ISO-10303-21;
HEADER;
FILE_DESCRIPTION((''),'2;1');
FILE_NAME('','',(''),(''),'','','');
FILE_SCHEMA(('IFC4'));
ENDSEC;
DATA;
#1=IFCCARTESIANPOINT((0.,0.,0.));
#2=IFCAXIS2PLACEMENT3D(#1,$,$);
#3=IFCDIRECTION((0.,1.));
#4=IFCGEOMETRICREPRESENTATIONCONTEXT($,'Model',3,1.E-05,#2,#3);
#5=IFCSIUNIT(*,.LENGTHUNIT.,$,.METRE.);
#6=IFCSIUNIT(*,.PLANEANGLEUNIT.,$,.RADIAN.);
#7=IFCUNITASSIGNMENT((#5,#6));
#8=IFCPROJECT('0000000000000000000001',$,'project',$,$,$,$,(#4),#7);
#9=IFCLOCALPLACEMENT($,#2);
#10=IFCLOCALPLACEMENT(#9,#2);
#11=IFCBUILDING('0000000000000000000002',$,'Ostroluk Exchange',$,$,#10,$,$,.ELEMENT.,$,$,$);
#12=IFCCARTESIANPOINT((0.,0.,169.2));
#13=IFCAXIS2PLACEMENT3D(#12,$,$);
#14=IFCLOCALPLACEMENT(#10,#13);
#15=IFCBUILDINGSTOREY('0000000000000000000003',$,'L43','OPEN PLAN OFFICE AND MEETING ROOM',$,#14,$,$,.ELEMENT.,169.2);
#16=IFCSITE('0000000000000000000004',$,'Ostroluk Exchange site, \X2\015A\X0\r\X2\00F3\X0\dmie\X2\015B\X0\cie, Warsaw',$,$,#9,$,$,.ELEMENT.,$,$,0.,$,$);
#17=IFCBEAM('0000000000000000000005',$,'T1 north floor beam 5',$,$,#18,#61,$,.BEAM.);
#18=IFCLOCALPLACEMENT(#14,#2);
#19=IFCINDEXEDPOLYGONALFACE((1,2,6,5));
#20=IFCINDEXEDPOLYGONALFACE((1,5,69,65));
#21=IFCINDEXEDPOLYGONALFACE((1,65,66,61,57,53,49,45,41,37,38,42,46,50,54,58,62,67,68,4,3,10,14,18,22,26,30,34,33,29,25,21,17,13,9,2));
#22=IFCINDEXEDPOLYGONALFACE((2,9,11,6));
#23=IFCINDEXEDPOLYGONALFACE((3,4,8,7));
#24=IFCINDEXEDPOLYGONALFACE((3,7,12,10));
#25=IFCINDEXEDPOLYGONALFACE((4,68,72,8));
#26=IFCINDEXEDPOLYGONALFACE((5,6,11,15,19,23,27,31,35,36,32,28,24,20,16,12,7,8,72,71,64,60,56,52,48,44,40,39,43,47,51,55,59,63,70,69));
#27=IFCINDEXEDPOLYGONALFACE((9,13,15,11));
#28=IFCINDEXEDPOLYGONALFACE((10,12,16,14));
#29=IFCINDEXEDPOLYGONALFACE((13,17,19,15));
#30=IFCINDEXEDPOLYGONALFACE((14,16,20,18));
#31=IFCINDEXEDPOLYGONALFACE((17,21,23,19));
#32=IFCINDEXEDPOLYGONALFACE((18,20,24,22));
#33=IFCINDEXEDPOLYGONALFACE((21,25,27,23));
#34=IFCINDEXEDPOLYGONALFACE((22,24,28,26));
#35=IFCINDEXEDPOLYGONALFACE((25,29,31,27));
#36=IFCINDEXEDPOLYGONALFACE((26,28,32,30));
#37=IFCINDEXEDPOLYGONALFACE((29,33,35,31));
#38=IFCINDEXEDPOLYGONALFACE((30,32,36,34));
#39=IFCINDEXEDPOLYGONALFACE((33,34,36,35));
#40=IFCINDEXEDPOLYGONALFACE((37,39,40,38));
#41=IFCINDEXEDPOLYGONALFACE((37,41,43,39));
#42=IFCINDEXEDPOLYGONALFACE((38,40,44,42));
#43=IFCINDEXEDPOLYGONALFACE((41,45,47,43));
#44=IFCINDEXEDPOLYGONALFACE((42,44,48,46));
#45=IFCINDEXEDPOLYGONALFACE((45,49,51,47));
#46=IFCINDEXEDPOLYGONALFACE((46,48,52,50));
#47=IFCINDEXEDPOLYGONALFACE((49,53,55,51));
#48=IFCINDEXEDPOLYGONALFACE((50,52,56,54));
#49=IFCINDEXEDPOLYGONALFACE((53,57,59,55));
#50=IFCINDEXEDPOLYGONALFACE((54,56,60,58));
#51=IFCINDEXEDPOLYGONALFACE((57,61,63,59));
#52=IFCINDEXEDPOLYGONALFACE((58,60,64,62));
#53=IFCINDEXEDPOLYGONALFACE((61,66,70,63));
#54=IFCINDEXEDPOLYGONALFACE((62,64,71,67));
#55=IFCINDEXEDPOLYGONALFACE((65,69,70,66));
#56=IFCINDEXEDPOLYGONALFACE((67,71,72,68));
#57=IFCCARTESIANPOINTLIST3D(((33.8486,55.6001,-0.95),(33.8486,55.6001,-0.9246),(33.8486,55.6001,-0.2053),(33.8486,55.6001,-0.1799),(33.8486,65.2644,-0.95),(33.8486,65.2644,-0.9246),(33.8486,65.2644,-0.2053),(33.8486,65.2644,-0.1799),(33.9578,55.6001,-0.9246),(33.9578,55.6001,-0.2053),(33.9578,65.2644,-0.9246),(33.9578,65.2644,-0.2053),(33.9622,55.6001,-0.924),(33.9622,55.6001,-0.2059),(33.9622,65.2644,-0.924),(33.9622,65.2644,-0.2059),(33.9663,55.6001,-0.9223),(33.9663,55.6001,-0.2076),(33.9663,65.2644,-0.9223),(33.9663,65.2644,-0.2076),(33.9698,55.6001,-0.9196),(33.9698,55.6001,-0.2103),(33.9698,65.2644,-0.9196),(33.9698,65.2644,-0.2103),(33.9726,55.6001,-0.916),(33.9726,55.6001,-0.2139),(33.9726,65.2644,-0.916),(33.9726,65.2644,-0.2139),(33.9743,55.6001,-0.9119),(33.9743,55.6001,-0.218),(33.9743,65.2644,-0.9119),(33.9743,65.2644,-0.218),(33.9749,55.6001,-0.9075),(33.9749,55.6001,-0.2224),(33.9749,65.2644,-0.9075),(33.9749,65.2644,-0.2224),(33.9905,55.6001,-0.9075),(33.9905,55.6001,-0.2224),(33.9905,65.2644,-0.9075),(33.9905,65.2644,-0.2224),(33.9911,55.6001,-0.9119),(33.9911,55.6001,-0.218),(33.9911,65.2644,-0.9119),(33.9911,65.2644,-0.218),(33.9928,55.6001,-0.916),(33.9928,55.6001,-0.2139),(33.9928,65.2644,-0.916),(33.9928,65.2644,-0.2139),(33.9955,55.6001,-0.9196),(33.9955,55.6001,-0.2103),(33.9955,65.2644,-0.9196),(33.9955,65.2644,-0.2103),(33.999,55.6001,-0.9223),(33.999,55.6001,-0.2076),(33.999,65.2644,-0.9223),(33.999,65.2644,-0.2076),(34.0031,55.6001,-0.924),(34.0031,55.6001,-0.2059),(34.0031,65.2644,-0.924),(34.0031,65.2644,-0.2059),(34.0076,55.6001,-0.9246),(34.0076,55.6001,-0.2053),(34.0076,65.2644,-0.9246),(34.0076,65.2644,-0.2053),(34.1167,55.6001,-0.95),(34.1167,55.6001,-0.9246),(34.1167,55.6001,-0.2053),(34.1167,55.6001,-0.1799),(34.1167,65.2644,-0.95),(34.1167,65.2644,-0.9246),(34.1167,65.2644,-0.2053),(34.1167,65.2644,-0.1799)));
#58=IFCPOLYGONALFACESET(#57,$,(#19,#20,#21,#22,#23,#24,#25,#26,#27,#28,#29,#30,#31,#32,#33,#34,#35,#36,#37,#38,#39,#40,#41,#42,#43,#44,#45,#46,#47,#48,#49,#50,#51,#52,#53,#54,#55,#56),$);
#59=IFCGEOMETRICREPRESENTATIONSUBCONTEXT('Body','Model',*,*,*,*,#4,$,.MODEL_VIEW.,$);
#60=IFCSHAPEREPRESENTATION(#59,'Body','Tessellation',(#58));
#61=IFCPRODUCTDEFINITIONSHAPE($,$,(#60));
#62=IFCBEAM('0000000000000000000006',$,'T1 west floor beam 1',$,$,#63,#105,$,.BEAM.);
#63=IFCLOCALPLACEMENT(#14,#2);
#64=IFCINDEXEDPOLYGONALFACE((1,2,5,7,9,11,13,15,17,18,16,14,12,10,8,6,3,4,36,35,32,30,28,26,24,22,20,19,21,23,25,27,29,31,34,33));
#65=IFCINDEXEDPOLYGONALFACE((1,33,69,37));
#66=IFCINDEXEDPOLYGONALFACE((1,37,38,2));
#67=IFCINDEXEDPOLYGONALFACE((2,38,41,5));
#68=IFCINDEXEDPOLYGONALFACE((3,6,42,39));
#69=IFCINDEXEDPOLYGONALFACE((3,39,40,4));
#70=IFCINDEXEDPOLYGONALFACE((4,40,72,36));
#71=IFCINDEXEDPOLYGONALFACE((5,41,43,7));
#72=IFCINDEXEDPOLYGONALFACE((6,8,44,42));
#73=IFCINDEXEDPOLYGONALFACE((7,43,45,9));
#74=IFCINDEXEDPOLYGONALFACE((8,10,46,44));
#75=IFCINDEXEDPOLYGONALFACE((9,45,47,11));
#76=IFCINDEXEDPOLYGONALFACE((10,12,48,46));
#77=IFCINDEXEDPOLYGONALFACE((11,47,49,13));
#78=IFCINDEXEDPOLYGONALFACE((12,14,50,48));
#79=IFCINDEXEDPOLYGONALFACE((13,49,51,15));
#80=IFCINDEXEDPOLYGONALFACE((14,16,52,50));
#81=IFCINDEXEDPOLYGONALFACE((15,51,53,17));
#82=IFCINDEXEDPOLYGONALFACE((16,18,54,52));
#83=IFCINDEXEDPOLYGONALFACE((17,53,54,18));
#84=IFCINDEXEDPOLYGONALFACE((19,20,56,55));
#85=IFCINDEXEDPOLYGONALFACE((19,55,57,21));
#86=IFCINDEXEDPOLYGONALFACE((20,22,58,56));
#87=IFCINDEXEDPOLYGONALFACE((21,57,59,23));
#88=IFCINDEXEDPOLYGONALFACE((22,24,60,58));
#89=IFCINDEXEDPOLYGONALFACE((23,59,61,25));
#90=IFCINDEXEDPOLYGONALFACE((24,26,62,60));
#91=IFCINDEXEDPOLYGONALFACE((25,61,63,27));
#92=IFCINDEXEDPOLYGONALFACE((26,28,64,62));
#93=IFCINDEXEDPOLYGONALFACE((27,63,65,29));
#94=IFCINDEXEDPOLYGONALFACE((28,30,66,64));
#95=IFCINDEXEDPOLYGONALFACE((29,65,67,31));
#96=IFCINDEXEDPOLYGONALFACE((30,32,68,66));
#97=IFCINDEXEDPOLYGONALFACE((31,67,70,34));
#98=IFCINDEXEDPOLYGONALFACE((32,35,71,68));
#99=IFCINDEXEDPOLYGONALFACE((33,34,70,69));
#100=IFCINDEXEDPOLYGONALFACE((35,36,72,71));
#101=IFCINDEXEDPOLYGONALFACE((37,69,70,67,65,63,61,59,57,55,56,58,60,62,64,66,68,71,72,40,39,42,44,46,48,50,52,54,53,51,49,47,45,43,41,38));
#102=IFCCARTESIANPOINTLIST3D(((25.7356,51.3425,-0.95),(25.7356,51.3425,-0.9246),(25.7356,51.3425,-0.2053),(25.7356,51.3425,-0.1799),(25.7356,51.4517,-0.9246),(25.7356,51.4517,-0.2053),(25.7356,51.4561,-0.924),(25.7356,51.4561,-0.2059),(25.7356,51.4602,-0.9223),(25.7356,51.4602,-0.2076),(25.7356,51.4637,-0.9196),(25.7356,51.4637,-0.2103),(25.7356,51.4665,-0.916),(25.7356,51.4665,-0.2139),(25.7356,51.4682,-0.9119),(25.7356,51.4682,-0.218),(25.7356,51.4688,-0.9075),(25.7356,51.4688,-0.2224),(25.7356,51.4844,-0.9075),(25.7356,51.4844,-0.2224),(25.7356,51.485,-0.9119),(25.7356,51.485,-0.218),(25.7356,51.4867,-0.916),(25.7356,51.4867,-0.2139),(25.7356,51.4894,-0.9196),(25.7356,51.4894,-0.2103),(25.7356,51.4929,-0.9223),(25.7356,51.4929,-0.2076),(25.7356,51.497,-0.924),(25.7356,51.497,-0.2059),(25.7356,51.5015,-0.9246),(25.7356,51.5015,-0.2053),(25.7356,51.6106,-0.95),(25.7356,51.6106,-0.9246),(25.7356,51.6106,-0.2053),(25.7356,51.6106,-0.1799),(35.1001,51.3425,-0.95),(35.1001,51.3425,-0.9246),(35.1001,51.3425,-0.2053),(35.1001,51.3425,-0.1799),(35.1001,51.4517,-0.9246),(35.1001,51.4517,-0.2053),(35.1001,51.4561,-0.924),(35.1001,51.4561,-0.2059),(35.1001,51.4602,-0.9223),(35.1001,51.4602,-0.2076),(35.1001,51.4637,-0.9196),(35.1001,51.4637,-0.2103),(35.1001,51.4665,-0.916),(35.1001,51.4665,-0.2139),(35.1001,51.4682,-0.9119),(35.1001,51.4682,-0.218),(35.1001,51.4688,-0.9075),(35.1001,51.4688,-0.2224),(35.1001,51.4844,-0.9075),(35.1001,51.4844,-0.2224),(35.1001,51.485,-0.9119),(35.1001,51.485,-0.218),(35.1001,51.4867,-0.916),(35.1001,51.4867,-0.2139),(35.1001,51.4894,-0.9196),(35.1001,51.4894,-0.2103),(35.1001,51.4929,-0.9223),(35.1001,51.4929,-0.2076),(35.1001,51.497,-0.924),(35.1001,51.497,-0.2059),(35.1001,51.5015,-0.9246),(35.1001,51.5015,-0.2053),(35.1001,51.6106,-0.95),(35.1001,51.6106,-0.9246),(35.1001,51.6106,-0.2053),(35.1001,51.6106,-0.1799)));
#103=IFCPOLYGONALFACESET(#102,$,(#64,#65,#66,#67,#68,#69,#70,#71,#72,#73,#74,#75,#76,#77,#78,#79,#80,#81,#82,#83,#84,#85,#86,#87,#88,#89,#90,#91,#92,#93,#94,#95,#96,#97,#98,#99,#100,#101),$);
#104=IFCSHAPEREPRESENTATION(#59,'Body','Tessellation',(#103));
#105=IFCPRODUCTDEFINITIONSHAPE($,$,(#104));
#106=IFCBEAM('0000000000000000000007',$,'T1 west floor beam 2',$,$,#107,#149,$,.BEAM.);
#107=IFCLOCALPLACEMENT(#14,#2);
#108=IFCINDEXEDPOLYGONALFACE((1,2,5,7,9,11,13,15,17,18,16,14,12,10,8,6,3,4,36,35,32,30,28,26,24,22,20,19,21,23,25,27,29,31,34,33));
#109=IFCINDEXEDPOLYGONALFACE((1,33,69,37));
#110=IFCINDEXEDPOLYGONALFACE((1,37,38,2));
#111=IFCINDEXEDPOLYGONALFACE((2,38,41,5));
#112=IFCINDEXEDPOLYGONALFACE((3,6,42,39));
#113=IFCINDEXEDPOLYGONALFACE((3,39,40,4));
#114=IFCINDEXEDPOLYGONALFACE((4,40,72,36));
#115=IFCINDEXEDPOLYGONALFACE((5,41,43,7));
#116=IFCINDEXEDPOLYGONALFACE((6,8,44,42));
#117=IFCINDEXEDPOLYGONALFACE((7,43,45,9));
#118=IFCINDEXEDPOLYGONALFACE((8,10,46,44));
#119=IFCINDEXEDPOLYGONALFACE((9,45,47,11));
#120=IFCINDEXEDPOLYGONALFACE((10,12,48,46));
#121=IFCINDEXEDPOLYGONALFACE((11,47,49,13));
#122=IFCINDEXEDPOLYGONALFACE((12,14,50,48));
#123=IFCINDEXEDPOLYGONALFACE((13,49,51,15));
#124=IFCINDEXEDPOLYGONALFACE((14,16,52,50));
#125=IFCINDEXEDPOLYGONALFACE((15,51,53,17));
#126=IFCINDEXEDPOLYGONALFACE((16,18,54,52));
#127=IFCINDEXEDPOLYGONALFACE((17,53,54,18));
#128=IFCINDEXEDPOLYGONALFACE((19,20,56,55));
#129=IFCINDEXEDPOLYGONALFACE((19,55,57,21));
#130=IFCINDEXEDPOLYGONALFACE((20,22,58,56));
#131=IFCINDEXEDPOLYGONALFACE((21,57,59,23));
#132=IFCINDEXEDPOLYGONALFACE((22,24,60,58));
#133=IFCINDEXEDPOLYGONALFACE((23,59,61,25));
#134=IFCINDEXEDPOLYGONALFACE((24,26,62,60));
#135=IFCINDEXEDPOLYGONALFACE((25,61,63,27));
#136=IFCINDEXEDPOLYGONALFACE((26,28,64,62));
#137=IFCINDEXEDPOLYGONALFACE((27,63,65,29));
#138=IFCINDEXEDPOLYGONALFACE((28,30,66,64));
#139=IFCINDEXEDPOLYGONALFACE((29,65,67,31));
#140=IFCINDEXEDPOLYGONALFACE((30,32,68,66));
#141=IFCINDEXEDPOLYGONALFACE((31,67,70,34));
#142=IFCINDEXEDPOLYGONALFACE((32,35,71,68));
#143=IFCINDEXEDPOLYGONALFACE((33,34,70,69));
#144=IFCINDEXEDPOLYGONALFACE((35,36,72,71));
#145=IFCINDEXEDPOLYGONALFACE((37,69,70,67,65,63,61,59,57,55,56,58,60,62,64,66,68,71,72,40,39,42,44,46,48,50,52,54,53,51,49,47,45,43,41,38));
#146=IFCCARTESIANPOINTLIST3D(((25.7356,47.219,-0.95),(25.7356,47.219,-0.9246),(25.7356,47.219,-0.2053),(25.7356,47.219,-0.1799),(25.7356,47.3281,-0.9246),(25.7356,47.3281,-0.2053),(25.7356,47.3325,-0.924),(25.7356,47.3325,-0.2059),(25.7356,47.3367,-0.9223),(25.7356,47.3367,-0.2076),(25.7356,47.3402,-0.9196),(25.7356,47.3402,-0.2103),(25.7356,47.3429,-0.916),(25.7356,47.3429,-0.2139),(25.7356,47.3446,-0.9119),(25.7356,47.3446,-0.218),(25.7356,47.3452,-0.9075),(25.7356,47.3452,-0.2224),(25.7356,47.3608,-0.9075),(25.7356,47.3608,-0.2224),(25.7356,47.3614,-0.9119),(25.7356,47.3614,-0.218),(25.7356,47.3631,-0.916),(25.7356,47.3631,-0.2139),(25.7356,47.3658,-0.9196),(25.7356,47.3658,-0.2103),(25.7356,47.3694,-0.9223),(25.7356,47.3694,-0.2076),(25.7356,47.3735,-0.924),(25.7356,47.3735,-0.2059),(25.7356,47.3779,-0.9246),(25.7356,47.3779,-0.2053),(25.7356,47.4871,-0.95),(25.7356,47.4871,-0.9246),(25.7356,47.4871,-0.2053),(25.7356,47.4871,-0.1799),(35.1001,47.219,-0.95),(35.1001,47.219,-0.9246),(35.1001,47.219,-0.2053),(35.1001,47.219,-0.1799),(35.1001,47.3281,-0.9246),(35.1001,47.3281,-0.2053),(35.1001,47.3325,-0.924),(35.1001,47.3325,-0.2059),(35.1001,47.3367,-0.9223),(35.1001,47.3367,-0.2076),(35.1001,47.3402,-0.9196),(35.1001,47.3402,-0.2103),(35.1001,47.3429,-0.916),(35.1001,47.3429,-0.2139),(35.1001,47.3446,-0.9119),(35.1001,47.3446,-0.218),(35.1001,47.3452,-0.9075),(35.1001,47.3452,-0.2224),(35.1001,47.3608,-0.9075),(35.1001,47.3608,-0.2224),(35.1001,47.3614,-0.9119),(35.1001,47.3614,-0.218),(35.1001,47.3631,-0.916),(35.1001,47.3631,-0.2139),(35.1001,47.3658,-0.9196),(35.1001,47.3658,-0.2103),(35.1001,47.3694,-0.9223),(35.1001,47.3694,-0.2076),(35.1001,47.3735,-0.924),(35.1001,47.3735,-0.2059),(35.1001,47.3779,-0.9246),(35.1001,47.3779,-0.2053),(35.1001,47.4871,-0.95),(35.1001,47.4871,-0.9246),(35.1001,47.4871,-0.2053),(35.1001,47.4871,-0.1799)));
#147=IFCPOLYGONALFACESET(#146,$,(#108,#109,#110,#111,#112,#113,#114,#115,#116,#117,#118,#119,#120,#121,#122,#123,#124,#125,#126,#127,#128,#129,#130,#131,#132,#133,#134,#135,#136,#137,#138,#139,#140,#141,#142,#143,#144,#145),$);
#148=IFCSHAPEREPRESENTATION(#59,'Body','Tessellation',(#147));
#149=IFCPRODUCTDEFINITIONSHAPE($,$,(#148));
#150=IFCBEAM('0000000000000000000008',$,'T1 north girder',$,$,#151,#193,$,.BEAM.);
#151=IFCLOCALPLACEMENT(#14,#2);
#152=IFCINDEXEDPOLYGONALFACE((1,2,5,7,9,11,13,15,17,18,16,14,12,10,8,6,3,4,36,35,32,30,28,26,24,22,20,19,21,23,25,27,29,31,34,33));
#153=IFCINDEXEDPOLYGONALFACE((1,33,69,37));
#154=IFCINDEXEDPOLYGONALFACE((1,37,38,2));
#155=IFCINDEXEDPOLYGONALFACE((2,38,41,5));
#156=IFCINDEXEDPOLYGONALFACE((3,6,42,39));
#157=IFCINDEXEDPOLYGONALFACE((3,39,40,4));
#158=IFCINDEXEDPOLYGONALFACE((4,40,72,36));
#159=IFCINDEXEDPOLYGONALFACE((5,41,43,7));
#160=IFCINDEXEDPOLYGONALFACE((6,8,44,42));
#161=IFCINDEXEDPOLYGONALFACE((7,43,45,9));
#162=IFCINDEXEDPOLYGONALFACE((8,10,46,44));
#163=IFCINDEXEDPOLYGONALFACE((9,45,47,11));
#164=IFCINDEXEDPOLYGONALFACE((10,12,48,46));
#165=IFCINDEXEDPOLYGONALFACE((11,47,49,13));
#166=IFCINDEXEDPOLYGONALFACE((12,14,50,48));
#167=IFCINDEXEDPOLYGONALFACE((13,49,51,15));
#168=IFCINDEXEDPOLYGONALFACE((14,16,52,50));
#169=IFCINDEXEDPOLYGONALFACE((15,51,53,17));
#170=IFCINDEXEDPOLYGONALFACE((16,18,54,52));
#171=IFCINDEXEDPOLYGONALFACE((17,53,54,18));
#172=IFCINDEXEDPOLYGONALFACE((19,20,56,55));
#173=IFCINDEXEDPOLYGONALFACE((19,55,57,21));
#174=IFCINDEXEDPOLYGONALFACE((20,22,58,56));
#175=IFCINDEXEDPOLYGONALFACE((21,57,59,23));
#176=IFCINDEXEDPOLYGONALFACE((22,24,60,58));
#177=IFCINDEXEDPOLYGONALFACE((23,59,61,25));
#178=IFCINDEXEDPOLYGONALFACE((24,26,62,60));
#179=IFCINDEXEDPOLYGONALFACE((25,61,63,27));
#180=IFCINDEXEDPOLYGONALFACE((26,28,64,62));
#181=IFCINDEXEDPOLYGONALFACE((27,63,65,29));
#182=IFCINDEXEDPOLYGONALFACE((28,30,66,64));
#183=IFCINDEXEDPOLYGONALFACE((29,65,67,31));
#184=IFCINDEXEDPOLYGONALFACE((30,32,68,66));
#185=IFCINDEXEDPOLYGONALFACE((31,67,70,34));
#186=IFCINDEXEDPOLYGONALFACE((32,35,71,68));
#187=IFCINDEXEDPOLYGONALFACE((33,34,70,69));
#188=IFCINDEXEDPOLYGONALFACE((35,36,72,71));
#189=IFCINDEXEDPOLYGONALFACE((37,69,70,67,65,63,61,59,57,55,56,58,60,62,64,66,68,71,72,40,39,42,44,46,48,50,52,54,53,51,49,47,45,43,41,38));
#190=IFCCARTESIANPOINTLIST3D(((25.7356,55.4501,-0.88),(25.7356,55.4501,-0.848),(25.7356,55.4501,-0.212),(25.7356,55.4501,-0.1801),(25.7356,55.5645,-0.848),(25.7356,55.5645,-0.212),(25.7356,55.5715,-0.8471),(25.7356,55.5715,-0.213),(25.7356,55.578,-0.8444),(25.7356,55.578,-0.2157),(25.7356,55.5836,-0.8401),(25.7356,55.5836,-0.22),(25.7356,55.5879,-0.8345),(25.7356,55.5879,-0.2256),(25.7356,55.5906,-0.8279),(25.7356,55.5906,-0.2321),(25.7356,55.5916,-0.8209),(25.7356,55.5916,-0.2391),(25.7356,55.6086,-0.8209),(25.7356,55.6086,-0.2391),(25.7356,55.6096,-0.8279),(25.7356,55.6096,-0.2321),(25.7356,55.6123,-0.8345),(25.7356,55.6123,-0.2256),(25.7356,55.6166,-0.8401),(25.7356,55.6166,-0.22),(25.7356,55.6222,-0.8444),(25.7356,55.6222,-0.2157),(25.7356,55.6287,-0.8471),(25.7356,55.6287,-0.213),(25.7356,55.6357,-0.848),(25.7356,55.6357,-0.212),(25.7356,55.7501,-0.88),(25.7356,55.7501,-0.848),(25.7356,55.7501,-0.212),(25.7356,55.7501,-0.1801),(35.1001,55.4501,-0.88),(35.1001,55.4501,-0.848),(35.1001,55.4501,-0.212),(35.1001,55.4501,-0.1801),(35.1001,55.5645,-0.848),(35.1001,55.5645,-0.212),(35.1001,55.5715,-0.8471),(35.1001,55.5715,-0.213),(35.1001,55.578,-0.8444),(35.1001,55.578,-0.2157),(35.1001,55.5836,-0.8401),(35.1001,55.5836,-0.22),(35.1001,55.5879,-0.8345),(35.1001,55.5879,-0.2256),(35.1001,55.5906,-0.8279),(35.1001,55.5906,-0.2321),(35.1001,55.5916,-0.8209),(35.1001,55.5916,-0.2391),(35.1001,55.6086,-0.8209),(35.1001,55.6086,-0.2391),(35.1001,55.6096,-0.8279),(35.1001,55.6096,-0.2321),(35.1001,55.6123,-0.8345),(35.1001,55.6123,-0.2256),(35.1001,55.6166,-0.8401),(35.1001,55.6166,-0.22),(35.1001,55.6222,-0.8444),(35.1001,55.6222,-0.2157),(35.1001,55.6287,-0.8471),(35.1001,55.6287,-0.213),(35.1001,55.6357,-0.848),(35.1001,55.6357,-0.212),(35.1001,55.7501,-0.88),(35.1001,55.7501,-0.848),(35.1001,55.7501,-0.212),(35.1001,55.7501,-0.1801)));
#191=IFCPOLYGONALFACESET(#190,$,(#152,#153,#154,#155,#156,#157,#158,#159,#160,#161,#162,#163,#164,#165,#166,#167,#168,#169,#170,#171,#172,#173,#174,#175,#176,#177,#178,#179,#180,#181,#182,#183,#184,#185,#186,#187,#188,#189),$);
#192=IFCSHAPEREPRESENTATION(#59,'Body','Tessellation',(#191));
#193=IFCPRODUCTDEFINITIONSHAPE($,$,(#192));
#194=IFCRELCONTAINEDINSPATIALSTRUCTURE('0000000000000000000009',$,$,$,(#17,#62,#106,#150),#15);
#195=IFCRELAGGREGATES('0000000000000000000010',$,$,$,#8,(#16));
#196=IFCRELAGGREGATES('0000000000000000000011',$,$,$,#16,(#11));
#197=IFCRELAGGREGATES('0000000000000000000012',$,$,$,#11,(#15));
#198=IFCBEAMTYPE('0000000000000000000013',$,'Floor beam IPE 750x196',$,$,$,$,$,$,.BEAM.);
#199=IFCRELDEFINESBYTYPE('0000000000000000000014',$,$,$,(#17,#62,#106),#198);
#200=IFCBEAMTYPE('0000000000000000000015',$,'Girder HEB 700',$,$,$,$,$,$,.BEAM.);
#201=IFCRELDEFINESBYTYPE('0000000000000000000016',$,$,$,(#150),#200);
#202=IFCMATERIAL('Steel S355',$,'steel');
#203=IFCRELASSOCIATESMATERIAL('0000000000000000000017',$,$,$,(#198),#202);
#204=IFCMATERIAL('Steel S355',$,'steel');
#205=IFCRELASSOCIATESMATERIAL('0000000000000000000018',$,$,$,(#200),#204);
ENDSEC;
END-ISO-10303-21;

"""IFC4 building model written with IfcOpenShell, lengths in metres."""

from ifc_helpers import new_model, si_unit, direction, frame, origin, origin_2d, place, context, subcontext, project, spatial, i_section, extrude, material, material_profile, profile_set, type_object, element, save


model = new_model("IFC4")

# Units and contexts
model_context = context("Model", 3, precision=1e-05, world=origin(), true_north=direction((0.0, 1.0)))
body_context = subcontext(model_context, "Body", "Model", "MODEL_VIEW")
ifc_project = project(units=[si_unit("LENGTHUNIT", "METRE"), si_unit("PLANEANGLEUNIT", "RADIAN")], contexts=[model_context])

# Site, building, storey
site_placement = place(None, origin())
site = spatial("IfcSite", under=ifc_project, at=site_placement, Name="Ostroluk Exchange site, Śródmieście, Warsaw", CompositionType="ELEMENT", RefElevation=0.0)
building_placement = place(site_placement, origin())
building = spatial("IfcBuilding", under=site, at=building_placement, Name="Ostroluk Exchange", CompositionType="ELEMENT")
storey_placement = place(building_placement, frame((0.0, 0.0, 169.2)))
storey = spatial("IfcBuildingStorey", under=building, at=storey_placement, Name="L43", Description="OPEN PLAN OFFICE AND MEETING ROOM", CompositionType="ELEMENT", Elevation=169.2)

# Beams
ifc_material_1 = material(Name="Steel S355", Category="steel")
ifc_material_profile_1 = material_profile(ifc_material_1, i_section(OverallWidth=0.2681, OverallDepth=0.77, WebThickness=0.0156, FlangeThickness=0.0254, FilletRadius=0.0171, at=origin_2d()), Name="IPE 750x196")
ifc_profile_set_1 = profile_set([ifc_material_profile_1], Name="Steel S355")
beam_type_1 = type_object("IfcBeamType", Name="Floor beam IPE 750x196", PredefinedType="BEAM", material=ifc_profile_set_1)
beam_1_placement = place(storey_placement, frame((33.9827, 55.6001, -0.5649), z_axis=(0.0, 1.0, 0.0), x_axis=(-1.0, 0.0, 0.0)))
element("IfcBeam", 1, at=beam_1_placement, inside=storey, type_object=beam_type_1, Name="T1 north floor beam 5", PredefinedType="BEAM", context=body_context, shape_type="SweptSolid", body=[
    extrude(i_section(OverallWidth=0.2681, OverallDepth=0.77, WebThickness=0.0156, FlangeThickness=0.0254, FilletRadius=0.0171, at=origin_2d()), origin(), (0.0, 0.0, 1.0), 9.6643),
])
for number, where, z_axis, x_axis, name in (
    (2, (35.1001, 51.4766, -0.5649), (-1.0, 0.0, 0.0), (0.0, -1.0, 0.0), "T1 west floor beam 1"),
    (3, (35.1001, 47.353, -0.5649), (-1.0, 0.0, 0.0), (0.0, -1.0, 0.0), "T1 west floor beam 2"),
):
    element("IfcBeam", number, at=place(storey_placement, frame(where, z_axis=z_axis, x_axis=x_axis)), inside=storey, type_object=beam_type_1, Name=name, PredefinedType="BEAM", context=body_context, shape_type="SweptSolid", body=[
        extrude(i_section(OverallWidth=0.2681, OverallDepth=0.77, WebThickness=0.0156, FlangeThickness=0.0254, FilletRadius=0.0171, at=origin_2d()), origin(), (0.0, 0.0, 1.0), 9.3645),
    ])
ifc_material_2 = material(Name="Steel S355", Category="steel")
ifc_material_profile_2 = material_profile(ifc_material_2, i_section(OverallWidth=0.3, OverallDepth=0.7, WebThickness=0.0171, FlangeThickness=0.032, FilletRadius=0.0271, at=origin_2d()), Name="HEB 700")
ifc_profile_set_2 = profile_set([ifc_material_profile_2], Name="Steel S355")
beam_type_2 = type_object("IfcBeamType", Name="Girder HEB 700", PredefinedType="BEAM", material=ifc_profile_set_2)
beam_2_placement = place(storey_placement, frame((35.1001, 55.6001, -0.53), z_axis=(-1.0, 0.0, 0.0), x_axis=(0.0, -1.0, 0.0)))
element("IfcBeam", 4, at=beam_2_placement, inside=storey, type_object=beam_type_2, Name="T1 north girder", PredefinedType="BEAM", context=body_context, shape_type="SweptSolid", body=[
    extrude(i_section(OverallWidth=0.3, OverallDepth=0.7, WebThickness=0.0171, FlangeThickness=0.032, FilletRadius=0.0271, at=origin_2d()), origin(), (0.0, 0.0, 1.0), 9.3645),
])

save(model, "model.ifc")
